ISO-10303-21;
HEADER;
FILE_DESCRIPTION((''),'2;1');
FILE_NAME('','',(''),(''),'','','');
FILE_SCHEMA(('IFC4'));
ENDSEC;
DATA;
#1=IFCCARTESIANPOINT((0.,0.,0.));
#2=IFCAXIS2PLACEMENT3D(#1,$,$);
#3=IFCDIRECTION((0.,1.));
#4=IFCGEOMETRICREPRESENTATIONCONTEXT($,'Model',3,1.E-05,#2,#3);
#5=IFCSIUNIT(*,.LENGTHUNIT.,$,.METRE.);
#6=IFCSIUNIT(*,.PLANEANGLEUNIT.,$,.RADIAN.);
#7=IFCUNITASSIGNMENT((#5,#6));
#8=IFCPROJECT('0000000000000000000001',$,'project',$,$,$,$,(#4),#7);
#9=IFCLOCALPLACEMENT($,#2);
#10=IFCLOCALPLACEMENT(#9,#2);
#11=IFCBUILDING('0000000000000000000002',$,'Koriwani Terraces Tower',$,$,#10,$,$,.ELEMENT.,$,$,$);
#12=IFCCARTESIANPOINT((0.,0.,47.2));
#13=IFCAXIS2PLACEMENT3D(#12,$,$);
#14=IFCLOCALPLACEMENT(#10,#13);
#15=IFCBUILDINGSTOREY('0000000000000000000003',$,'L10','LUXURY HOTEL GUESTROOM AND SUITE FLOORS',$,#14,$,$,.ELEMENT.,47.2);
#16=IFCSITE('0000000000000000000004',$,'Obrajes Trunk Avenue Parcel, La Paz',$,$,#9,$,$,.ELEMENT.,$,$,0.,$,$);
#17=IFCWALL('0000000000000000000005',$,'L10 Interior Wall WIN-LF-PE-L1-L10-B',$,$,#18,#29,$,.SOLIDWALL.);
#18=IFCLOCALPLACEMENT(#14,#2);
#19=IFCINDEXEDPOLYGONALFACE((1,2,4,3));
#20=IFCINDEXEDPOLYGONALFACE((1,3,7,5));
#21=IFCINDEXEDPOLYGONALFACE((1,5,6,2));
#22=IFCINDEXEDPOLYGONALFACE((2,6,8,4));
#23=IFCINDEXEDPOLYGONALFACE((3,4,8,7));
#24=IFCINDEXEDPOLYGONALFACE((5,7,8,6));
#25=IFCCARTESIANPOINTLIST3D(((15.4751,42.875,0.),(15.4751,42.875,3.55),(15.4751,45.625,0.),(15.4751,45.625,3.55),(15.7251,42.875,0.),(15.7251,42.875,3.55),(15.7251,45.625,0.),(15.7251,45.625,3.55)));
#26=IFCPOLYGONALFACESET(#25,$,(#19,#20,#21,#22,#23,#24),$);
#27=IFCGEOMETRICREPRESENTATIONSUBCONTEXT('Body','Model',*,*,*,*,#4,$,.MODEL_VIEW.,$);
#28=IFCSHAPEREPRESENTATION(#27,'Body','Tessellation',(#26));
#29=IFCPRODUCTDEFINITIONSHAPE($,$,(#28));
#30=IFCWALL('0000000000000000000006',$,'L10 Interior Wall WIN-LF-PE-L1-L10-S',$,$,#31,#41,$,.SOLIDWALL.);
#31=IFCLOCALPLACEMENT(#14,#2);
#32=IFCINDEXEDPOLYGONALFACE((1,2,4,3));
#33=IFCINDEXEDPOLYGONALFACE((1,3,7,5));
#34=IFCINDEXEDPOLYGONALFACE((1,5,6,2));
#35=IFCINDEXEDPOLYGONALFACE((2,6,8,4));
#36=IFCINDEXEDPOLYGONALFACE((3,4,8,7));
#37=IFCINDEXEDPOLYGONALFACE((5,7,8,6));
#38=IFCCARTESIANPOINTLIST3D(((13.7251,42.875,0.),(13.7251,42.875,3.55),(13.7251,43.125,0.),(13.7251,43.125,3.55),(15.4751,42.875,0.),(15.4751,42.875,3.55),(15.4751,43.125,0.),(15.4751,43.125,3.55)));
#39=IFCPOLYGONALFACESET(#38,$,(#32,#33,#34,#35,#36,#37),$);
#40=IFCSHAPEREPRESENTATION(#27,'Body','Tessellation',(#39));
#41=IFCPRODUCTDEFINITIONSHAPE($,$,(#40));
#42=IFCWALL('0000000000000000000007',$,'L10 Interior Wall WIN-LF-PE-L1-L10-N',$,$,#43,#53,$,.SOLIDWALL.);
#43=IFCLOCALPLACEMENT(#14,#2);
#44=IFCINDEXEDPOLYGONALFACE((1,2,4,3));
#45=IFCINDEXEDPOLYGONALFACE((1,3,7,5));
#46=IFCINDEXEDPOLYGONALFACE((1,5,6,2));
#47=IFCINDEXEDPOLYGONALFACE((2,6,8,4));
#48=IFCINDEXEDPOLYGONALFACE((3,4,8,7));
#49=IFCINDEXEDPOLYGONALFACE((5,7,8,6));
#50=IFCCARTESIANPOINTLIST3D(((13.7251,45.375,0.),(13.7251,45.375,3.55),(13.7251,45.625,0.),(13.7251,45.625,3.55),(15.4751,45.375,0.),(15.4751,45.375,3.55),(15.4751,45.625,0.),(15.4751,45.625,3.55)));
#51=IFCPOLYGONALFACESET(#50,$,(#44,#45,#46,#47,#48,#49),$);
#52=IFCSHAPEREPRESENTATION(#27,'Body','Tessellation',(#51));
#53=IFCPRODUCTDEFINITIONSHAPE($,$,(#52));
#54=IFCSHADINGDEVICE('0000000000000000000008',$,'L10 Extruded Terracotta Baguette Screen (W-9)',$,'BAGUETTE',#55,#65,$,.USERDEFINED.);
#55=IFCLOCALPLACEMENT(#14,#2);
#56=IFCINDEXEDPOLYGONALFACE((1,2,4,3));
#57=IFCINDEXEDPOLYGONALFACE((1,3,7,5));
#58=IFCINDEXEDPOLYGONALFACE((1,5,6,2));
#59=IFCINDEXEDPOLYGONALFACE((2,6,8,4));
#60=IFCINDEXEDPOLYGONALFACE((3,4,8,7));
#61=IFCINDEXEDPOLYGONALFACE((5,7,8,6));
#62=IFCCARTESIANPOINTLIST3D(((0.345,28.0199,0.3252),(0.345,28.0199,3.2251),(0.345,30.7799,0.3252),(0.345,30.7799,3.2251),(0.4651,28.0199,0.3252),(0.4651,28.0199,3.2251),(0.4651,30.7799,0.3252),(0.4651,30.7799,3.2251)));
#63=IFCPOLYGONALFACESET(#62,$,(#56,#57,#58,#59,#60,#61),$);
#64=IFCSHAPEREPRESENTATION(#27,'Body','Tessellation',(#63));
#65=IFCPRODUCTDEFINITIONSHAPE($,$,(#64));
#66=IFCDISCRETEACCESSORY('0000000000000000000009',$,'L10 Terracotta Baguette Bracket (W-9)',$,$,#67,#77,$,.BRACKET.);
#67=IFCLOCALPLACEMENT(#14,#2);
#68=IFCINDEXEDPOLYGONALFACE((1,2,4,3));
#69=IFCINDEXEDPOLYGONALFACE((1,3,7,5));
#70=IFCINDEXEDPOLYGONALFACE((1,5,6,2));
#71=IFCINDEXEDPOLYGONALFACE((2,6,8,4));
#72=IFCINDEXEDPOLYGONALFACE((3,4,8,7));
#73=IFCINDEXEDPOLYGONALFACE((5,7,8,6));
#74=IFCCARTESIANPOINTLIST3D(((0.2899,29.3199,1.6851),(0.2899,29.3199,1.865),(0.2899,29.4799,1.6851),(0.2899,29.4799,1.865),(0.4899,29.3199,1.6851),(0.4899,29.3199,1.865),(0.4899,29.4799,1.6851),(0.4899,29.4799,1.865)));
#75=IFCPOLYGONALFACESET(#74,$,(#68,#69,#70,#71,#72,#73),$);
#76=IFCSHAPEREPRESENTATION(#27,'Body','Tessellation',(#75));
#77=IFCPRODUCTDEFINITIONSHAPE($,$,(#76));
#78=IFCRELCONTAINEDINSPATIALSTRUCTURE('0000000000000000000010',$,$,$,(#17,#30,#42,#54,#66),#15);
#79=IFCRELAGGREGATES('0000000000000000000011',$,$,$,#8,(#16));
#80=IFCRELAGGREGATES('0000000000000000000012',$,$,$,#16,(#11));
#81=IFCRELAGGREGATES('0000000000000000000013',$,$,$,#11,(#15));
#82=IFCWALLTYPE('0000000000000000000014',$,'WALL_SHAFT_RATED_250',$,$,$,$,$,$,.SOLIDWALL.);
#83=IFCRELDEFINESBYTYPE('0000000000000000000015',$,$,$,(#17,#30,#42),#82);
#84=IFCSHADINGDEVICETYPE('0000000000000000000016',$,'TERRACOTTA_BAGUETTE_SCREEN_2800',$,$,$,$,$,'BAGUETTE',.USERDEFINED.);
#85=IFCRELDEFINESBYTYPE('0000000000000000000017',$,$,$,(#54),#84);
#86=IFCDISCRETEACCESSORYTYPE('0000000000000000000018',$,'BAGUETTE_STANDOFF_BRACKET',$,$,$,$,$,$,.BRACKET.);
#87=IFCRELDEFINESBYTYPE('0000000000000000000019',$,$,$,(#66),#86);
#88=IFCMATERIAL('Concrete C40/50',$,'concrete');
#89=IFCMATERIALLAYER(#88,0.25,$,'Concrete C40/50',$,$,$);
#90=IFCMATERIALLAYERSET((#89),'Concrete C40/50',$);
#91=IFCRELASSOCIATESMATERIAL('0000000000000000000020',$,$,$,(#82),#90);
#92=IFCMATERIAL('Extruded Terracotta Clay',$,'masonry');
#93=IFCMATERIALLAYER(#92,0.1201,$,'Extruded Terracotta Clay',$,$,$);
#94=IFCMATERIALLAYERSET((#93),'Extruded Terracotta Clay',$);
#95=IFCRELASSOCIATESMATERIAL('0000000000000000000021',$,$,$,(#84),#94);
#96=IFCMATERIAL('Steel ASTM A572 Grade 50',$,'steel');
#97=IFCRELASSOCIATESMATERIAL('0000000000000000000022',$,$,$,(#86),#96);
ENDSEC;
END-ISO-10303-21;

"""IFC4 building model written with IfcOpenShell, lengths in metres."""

from ifc_helpers import new_model, si_unit, direction, frame, frame_2d, origin, origin_2d, place, context, subcontext, project, spatial, rectangle, extrude, material, layer, layer_set, type_object, element, save


model = new_model("IFC4")

# Units and contexts
model_context = context("Model", 3, precision=1e-05, world=origin(), true_north=direction((0.0, 1.0)))
body_context = subcontext(model_context, "Body", "Model", "MODEL_VIEW")
ifc_project = project(units=[si_unit("LENGTHUNIT", "METRE"), si_unit("PLANEANGLEUNIT", "RADIAN")], contexts=[model_context])

# Site, building, storey
site_placement = place(None, origin())
site = spatial("IfcSite", under=ifc_project, at=site_placement, Name="Obrajes Trunk Avenue Parcel, La Paz", CompositionType="ELEMENT", RefElevation=0.0)
building_placement = place(site_placement, origin())
building = spatial("IfcBuilding", under=site, at=building_placement, Name="Koriwani Terraces Tower", CompositionType="ELEMENT")
storey_placement = place(building_placement, frame((0.0, 0.0, 47.2)))
storey = spatial("IfcBuildingStorey", under=building, at=storey_placement, Name="L10", Description="LUXURY HOTEL GUESTROOM AND SUITE FLOORS", CompositionType="ELEMENT", Elevation=47.2)

# Shared definitions
ifc_material_1 = material(Name="Concrete C40/50", Category="concrete")
ifc_material_2 = material(Name="Steel ASTM A572 Grade 50", Category="steel")

# Shared definitions
ifc_layer_1 = layer(ifc_material_1, 0.25, Name="Concrete C40/50")
ifc_layer_set_1 = layer_set([ifc_layer_1], Name="Concrete C40/50")
wall_type_1 = type_object("IfcWallType", Name="WALL_SHAFT_RATED_250", PredefinedType="SOLIDWALL", material=ifc_layer_set_1)

# Walls
wall_1_placement = place(storey_placement, frame((15.6001, 42.875, 0.0), z_axis=(0.0, 0.0, 1.0), x_axis=(0.0, 1.0, 0.0)))
element("IfcWall", 1, at=wall_1_placement, inside=storey, type_object=wall_type_1, Name="L10 Interior Wall WIN-LF-PE-L1-L10-B", PredefinedType="SOLIDWALL", context=body_context, shape_type="SweptSolid", body=[
    extrude(rectangle(XDim=2.75, YDim=0.25, at=frame_2d((1.375, 0.0))), origin(), (0.0, 0.0, 1.0), 3.55),
])
for number, where, z_axis, x_axis, name in (
    (2, (13.7251, 43.0, 0.0), (0.0, 0.0, 1.0), (1.0, 0.0, 0.0), "L10 Interior Wall WIN-LF-PE-L1-L10-S"),
    (3, (13.7251, 45.5, 0.0), (0.0, 0.0, 1.0), (1.0, 0.0, 0.0), "L10 Interior Wall WIN-LF-PE-L1-L10-N"),
):
    element("IfcWall", number, at=place(storey_placement, frame(where, z_axis=z_axis, x_axis=x_axis)), inside=storey, type_object=wall_type_1, Name=name, PredefinedType="SOLIDWALL", context=body_context, shape_type="SweptSolid", body=[
        extrude(rectangle(XDim=1.75, YDim=0.25, at=frame_2d((0.875, 0.0))), origin(), (0.0, 0.0, 1.0), 3.55),
    ])

# Shading device
ifc_material_3 = material(Name="Extruded Terracotta Clay", Category="masonry")
ifc_layer_2 = layer(ifc_material_3, 0.1201, Name="Extruded Terracotta Clay")
ifc_layer_set_2 = layer_set([ifc_layer_2], Name="Extruded Terracotta Clay")
shading_device_type = type_object("IfcShadingDeviceType", Name="TERRACOTTA_BAGUETTE_SCREEN_2800", ElementType="BAGUETTE", PredefinedType="USERDEFINED", material=ifc_layer_set_2)
shading_device_placement = place(storey_placement, frame((0.405, 29.3999, 0.3252), z_axis=(0.0, 0.0, 1.0), x_axis=(0.0, 1.0, 0.0)))
element("IfcShadingDevice", 4, at=shading_device_placement, inside=storey, type_object=shading_device_type, Name="L10 Extruded Terracotta Baguette Screen (W-9)", ObjectType="BAGUETTE", PredefinedType="USERDEFINED", context=body_context, shape_type="SweptSolid", body=[
    extrude(rectangle(XDim=2.76, YDim=0.1201, at=origin_2d()), origin(), (0.0, 0.0, 1.0), 2.8999),
])

# Discrete accessory
discrete_accessory_type = type_object("IfcDiscreteAccessoryType", Name="BAGUETTE_STANDOFF_BRACKET", PredefinedType="BRACKET", material=ifc_material_2)
discrete_accessory_placement = place(storey_placement, frame((0.3899, 29.3999, 1.6851), z_axis=(0.0, 0.0, 1.0), x_axis=(0.0, 1.0, 0.0)))
element("IfcDiscreteAccessory", 5, at=discrete_accessory_placement, inside=storey, type_object=discrete_accessory_type, Name="L10 Terracotta Baguette Bracket (W-9)", PredefinedType="BRACKET", context=body_context, shape_type="SweptSolid", body=[
    extrude(rectangle(XDim=0.1599, YDim=0.2, at=origin_2d()), origin(), (0.0, 0.0, 1.0), 0.1799),
])

save(model, "model.ifc")
